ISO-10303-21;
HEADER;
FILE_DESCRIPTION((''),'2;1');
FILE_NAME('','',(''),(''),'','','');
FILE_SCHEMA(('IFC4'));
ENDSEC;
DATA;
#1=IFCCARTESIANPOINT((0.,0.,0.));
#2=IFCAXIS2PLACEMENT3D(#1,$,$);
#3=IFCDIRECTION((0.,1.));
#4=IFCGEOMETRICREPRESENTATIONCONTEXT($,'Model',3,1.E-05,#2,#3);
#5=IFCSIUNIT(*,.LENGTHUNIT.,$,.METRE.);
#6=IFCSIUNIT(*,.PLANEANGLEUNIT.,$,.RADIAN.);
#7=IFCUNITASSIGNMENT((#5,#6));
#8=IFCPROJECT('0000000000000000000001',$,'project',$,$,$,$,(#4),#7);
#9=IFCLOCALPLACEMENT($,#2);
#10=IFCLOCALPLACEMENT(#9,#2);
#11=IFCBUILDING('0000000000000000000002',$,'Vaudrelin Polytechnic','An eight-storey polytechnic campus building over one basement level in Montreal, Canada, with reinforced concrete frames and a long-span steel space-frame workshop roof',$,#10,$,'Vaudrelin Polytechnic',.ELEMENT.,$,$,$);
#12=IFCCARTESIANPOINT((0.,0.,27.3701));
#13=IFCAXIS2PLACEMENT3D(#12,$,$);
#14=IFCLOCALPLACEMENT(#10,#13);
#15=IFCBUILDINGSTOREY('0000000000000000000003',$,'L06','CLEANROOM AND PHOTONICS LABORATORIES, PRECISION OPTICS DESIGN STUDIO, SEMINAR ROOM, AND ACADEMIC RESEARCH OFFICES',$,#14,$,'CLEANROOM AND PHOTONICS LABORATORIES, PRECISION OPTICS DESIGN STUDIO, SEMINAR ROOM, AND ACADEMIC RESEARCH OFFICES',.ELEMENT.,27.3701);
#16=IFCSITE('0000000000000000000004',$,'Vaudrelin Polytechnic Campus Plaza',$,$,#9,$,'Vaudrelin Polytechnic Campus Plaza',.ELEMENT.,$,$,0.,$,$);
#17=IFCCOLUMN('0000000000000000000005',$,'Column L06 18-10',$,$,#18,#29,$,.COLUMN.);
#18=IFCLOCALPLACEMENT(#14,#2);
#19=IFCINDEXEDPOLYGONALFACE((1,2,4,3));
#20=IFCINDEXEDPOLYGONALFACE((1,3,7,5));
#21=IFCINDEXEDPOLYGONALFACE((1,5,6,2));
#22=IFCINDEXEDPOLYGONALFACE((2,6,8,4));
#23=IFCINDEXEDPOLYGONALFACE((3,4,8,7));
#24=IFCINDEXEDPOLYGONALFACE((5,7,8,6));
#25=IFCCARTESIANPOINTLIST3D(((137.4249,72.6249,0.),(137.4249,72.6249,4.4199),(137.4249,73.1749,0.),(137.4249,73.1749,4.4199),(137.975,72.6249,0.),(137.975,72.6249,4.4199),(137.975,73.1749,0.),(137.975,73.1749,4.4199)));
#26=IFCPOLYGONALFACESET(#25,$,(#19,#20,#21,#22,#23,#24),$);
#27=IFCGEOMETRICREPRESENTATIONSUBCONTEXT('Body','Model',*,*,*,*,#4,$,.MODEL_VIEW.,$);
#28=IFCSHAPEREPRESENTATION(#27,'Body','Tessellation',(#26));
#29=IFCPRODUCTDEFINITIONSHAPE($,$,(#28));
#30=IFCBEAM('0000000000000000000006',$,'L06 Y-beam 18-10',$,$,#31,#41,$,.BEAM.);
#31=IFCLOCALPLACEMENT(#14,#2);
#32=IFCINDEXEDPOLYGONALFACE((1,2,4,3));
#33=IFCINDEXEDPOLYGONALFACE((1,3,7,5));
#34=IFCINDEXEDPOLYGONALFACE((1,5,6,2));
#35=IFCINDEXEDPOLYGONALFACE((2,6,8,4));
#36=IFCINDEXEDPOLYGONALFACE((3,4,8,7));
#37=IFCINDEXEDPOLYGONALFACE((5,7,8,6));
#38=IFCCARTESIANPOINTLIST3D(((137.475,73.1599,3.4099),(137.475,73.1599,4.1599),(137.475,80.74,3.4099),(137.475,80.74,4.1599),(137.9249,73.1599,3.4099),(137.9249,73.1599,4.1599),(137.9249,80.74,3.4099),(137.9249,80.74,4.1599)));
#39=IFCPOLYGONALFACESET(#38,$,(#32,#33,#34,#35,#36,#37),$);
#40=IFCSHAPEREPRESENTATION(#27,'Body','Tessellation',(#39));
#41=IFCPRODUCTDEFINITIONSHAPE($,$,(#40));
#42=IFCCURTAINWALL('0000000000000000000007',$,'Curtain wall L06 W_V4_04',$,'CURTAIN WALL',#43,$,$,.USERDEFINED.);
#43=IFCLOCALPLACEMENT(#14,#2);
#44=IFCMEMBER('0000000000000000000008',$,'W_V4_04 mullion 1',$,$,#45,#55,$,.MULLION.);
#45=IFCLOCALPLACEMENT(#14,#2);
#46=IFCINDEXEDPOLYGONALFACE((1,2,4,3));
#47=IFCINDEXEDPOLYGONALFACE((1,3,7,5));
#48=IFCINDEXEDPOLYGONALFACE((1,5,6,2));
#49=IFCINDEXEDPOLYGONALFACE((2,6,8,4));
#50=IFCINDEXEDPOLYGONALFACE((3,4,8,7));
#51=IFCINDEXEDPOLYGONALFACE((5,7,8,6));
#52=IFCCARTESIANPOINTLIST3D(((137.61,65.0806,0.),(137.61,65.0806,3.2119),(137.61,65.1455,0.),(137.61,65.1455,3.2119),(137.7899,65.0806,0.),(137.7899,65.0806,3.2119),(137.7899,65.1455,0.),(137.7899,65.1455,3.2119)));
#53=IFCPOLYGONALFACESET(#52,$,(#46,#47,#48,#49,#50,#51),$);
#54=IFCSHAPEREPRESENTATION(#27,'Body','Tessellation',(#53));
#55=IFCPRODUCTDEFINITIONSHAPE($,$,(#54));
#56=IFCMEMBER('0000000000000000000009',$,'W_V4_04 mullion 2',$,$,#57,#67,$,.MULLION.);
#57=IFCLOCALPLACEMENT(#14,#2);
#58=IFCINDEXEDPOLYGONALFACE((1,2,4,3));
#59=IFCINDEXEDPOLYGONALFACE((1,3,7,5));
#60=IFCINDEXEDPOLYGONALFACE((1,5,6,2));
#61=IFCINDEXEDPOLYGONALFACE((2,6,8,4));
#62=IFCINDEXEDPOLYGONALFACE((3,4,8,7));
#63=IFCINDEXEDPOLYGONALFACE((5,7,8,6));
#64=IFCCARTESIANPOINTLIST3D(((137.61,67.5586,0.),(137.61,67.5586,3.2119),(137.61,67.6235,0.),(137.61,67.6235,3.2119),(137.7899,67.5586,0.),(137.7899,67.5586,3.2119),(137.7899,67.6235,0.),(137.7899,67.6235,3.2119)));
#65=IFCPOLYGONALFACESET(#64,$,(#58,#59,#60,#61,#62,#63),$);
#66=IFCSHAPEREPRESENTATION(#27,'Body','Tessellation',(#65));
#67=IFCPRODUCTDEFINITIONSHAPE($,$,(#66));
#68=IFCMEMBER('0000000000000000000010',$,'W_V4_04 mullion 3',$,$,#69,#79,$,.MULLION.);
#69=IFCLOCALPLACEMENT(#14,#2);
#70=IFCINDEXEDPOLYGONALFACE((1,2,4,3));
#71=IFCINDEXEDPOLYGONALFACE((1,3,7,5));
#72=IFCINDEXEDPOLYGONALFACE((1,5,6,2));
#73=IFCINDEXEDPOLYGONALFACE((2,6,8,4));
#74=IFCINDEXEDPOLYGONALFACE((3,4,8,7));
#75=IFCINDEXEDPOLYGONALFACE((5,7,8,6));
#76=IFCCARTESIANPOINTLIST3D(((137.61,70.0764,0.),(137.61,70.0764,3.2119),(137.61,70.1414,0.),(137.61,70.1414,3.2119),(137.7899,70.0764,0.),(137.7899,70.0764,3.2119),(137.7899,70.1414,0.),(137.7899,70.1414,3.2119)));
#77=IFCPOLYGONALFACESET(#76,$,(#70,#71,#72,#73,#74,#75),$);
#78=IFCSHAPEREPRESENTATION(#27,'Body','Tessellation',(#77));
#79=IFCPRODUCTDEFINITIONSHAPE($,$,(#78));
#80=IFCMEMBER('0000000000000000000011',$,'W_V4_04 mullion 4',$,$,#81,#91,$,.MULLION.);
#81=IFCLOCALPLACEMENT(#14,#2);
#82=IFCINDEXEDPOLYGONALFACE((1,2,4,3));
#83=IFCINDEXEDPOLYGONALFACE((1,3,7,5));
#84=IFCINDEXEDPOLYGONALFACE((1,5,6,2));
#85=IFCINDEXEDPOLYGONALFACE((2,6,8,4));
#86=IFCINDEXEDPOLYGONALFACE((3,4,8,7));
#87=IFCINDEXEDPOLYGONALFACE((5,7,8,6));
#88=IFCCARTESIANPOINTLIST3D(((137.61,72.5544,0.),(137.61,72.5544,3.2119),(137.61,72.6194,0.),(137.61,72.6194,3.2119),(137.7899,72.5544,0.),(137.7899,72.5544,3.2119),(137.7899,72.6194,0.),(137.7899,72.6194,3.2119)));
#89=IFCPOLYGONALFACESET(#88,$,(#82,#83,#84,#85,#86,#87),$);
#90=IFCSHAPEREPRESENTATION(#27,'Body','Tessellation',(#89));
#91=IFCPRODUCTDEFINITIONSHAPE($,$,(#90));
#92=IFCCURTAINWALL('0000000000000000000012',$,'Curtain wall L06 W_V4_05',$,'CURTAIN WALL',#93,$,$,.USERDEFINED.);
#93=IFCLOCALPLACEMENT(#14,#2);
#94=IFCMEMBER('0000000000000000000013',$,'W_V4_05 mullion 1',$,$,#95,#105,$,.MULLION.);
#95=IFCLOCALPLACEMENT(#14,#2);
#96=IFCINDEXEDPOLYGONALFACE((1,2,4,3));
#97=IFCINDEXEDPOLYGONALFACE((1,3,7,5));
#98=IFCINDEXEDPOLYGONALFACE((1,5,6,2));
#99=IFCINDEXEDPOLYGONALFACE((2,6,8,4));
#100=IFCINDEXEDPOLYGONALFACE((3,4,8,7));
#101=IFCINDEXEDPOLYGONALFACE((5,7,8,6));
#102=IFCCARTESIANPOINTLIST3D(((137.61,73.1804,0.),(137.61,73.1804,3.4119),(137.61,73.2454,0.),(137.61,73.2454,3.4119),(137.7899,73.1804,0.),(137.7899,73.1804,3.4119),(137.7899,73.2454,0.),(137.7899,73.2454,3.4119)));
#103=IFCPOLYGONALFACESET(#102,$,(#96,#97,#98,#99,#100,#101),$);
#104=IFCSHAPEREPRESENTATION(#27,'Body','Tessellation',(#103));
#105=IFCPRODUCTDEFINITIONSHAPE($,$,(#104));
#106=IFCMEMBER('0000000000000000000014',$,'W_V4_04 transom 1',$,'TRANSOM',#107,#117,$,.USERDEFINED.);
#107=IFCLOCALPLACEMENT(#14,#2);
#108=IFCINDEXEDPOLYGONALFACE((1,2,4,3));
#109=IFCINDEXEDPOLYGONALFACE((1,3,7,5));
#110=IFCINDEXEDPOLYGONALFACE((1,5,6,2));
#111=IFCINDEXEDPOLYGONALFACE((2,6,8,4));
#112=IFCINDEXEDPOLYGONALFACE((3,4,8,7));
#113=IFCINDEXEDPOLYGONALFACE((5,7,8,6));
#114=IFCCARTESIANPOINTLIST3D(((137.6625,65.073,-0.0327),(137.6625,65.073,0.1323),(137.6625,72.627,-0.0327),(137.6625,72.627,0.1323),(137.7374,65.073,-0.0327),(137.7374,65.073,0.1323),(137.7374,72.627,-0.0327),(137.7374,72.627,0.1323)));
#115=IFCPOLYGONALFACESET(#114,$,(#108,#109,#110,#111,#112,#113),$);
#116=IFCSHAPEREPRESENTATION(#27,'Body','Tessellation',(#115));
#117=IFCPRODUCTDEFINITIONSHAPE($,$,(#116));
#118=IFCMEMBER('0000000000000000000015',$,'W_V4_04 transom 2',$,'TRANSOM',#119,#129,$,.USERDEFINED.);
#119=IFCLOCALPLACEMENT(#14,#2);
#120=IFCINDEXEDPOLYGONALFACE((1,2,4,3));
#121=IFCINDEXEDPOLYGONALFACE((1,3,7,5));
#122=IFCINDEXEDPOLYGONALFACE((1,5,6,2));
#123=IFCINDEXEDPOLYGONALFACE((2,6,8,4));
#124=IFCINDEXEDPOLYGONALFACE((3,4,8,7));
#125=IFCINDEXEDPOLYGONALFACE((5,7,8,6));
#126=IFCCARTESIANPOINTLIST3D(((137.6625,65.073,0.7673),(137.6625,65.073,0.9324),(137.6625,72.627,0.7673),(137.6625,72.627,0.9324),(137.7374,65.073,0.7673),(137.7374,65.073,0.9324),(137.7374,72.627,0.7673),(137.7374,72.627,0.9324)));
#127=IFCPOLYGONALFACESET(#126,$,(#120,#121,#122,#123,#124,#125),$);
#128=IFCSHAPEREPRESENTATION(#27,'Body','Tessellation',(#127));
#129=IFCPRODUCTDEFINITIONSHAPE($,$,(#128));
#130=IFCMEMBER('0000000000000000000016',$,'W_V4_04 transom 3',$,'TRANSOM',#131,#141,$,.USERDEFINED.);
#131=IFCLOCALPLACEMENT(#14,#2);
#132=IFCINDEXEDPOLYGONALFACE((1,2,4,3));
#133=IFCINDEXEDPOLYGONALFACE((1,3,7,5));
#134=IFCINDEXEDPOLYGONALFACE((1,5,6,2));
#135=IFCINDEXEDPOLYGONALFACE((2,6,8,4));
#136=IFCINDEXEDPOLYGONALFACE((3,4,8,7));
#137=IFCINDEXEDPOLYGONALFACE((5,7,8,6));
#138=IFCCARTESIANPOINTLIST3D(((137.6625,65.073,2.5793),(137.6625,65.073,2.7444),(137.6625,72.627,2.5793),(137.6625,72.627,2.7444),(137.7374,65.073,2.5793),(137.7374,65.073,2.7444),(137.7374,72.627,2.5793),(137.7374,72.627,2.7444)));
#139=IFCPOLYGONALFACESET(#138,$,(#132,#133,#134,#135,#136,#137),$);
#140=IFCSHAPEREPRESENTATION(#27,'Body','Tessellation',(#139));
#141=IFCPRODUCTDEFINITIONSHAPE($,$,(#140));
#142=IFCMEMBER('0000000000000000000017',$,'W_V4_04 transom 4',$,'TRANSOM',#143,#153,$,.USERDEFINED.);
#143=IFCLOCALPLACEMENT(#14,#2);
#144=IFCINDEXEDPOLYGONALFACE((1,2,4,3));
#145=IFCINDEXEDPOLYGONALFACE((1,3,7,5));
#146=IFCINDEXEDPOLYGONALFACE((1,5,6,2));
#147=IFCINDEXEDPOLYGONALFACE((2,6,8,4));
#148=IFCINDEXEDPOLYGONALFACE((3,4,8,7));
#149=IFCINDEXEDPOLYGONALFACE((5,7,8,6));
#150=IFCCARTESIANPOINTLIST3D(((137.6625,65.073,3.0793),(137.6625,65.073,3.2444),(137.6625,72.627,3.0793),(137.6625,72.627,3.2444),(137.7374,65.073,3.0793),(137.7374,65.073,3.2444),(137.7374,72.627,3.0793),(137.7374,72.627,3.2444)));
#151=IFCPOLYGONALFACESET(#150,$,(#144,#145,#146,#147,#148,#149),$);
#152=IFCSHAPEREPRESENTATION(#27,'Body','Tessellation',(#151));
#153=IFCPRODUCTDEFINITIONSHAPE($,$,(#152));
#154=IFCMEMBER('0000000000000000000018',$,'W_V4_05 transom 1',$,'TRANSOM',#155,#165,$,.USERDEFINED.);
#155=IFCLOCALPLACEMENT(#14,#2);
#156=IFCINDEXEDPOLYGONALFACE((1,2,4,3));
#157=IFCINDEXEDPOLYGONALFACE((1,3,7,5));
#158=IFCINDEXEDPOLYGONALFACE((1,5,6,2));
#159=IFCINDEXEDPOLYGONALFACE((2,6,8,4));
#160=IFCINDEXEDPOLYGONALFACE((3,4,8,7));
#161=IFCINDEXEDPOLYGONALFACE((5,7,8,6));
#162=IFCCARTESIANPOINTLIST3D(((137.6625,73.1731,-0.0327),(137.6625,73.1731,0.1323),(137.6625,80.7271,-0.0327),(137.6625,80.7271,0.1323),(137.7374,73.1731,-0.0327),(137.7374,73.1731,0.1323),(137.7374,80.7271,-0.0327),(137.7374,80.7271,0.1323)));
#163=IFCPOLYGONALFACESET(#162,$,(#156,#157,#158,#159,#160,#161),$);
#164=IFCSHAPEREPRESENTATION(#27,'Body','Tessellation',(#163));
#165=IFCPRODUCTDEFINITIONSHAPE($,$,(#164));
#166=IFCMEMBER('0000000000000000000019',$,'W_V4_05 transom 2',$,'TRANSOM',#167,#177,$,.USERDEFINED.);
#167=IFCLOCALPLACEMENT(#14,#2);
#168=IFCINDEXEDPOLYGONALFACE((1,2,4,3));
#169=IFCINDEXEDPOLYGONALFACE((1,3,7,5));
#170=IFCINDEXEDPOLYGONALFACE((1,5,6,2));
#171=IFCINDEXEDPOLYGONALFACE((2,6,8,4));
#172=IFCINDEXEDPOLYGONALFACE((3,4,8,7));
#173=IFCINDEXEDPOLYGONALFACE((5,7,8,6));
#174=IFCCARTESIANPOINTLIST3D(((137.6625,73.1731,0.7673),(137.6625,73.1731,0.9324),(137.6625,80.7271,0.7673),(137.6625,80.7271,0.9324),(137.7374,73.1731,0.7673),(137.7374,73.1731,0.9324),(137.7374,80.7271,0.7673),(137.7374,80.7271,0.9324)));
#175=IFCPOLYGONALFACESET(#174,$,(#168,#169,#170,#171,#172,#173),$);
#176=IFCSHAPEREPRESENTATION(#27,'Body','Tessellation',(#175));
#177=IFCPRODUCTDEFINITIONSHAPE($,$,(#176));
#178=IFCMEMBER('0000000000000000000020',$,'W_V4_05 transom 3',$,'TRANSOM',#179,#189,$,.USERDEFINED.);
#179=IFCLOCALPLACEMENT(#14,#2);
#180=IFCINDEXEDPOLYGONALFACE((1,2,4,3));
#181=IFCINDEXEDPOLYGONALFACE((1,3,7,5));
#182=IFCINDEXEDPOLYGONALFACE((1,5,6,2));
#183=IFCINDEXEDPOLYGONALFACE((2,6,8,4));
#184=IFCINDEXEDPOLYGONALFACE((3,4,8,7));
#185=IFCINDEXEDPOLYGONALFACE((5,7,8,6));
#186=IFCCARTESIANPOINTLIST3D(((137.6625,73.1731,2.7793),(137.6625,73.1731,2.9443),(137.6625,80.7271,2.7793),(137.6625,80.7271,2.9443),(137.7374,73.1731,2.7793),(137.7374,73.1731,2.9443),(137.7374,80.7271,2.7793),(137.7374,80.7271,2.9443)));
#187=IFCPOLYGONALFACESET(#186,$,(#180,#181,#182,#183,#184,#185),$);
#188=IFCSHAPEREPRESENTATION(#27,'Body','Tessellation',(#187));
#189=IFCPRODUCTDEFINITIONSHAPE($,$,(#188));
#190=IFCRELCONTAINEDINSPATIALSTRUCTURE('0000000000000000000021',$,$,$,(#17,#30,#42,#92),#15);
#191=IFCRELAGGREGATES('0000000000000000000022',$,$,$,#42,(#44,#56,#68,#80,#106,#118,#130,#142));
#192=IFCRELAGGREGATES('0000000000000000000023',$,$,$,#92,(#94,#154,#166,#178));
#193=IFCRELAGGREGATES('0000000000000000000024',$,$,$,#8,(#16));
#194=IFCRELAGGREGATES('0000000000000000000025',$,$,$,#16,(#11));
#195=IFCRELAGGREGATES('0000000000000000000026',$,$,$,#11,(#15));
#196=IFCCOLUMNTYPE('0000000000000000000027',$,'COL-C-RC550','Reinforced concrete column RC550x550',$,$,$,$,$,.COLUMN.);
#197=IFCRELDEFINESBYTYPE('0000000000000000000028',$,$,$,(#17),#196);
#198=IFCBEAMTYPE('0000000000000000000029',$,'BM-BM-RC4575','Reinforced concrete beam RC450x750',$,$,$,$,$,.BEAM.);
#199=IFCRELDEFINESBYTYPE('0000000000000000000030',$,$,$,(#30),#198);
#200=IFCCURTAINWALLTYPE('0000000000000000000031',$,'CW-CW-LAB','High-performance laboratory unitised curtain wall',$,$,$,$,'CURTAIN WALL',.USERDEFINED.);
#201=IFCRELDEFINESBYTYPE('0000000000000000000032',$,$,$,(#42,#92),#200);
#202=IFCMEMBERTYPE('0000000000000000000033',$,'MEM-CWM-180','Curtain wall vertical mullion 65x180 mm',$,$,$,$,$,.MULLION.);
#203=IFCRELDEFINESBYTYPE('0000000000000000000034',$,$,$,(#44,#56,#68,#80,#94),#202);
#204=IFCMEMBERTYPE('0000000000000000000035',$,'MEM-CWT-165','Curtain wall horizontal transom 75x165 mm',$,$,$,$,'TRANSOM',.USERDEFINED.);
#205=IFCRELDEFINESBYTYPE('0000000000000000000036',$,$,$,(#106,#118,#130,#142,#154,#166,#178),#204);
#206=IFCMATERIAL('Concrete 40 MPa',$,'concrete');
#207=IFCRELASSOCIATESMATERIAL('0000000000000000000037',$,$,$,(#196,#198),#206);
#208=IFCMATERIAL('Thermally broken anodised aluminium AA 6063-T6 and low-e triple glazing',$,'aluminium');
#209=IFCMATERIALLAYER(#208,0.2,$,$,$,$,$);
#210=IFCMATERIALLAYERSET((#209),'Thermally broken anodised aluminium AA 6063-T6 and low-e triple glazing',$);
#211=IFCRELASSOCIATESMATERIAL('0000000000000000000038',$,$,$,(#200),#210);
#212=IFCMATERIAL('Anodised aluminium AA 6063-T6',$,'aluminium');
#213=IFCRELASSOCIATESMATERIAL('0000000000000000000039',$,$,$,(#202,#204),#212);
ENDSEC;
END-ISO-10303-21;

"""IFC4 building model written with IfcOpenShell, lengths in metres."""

from ifc_helpers import new_model, si_unit, direction, frame, origin, origin_2d, place, context, subcontext, project, spatial, rectangle, extrude, material, layer, layer_set, material_profile, profile_set, type_object, element, aggregate, save


model = new_model("IFC4")

# Units and contexts
model_context = context("Model", 3, precision=1e-05, world=origin(), true_north=direction((0.0, 1.0)))
body_context = subcontext(model_context, "Body", "Model", "MODEL_VIEW")
ifc_project = project(units=[si_unit("LENGTHUNIT", "METRE"), si_unit("PLANEANGLEUNIT", "RADIAN")], contexts=[model_context])

# Site, building, storey
site_placement = place(None, origin())
site = spatial("IfcSite", under=ifc_project, at=site_placement, Name="Vaudrelin Polytechnic Campus Plaza", LongName="Vaudrelin Polytechnic Campus Plaza", CompositionType="ELEMENT", RefElevation=0.0)
building_placement = place(site_placement, origin())
building = spatial("IfcBuilding", under=site, at=building_placement, Name="Vaudrelin Polytechnic", Description="An eight-storey polytechnic campus building over one basement level in Montreal, Canada, with reinforced concrete frames and a long-span steel space-frame workshop roof", LongName="Vaudrelin Polytechnic", CompositionType="ELEMENT")
storey_placement = place(building_placement, frame((0.0, 0.0, 27.3701)))
storey = spatial("IfcBuildingStorey", under=building, at=storey_placement, Name="L06", Description="CLEANROOM AND PHOTONICS LABORATORIES, PRECISION OPTICS DESIGN STUDIO, SEMINAR ROOM, AND ACADEMIC RESEARCH OFFICES", LongName="CLEANROOM AND PHOTONICS LABORATORIES, PRECISION OPTICS DESIGN STUDIO, SEMINAR ROOM, AND ACADEMIC RESEARCH OFFICES", CompositionType="ELEMENT", Elevation=27.3701)

# Column
ifc_material_1 = material(Name="Concrete 40 MPa", Category="concrete")
ifc_material_profile_1 = material_profile(ifc_material_1, rectangle(XDim=0.55, YDim=0.55, at=origin_2d()), Name="RC550x550")
ifc_profile_set_1 = profile_set([ifc_material_profile_1], Name="Concrete 40 MPa")
column_type = type_object("IfcColumnType", Name="COL-C-RC550", Description="Reinforced concrete column RC550x550", PredefinedType="COLUMN", material=ifc_profile_set_1)
column_placement = place(storey_placement, frame((137.7, 72.8999, 0.0), z_axis=(0.0, 0.0, 1.0), x_axis=(1.0, 0.0, 0.0)))
element("IfcColumn", 1, at=column_placement, inside=storey, type_object=column_type, Name="Column L06 18-10", PredefinedType="COLUMN", context=body_context, shape_type="SweptSolid", body=[
    extrude(rectangle(XDim=0.55, YDim=0.55, at=origin_2d()), origin(), (0.0, 0.0, 1.0), 4.4199),
])

# Beam
ifc_material_profile_2 = material_profile(ifc_material_1, rectangle(XDim=0.45, YDim=0.75, at=origin_2d()), Name="RC450x750")
ifc_profile_set_2 = profile_set([ifc_material_profile_2], Name="Concrete 40 MPa")
beam_type = type_object("IfcBeamType", Name="BM-BM-RC4575", Description="Reinforced concrete beam RC450x750", PredefinedType="BEAM", material=ifc_profile_set_2)
beam_placement = place(storey_placement, frame((137.7, 73.1599, 3.7849), z_axis=(0.0, 1.0, 0.0), x_axis=(-1.0, 0.0, 0.0)))
element("IfcBeam", 2, at=beam_placement, inside=storey, type_object=beam_type, Name="L06 Y-beam 18-10", PredefinedType="BEAM", context=body_context, shape_type="SweptSolid", body=[
    extrude(rectangle(XDim=0.45, YDim=0.75, at=origin_2d()), origin(), (0.0, 0.0, 1.0), 7.5801),
])

# Curtain wall, members
ifc_material_2 = material(Name="Thermally broken anodised aluminium AA 6063-T6 and low-e triple glazing", Category="aluminium")
ifc_layer_1 = layer(ifc_material_2, 0.2)
ifc_layer_set_1 = layer_set([ifc_layer_1], Name="Thermally broken anodised aluminium AA 6063-T6 and low-e triple glazing")
curtain_wall_type = type_object("IfcCurtainWallType", Name="CW-CW-LAB", Description="High-performance laboratory unitised curtain wall", ElementType="CURTAIN WALL", PredefinedType="USERDEFINED", material=ifc_layer_set_1)
curtain_wall_1_placement = place(storey_placement, origin())
curtain_wall_1 = element("IfcCurtainWall", 3, at=curtain_wall_1_placement, inside=storey, type_object=curtain_wall_type, Name="Curtain wall L06 W_V4_04", ObjectType="CURTAIN WALL", PredefinedType="USERDEFINED")
ifc_material_3 = material(Name="Anodised aluminium AA 6063-T6", Category="aluminium")
ifc_material_profile_3 = material_profile(ifc_material_3, rectangle(XDim=0.0649, YDim=0.1799, at=origin_2d()), Name="CWM-65x180")
ifc_profile_set_3 = profile_set([ifc_material_profile_3], Name="Anodised aluminium AA 6063-T6")
member_type_1 = type_object("IfcMemberType", Name="MEM-CWM-180", Description="Curtain wall vertical mullion 65x180 mm", PredefinedType="MULLION", material=ifc_profile_set_3)
member_1_placement = place(storey_placement, frame((137.7, 65.113, 0.0), z_axis=(0.0, 0.0, 1.0), x_axis=(0.0, 1.0, 0.0)))
member_1 = element("IfcMember", 4, at=member_1_placement, type_object=member_type_1, Name="W_V4_04 mullion 1", PredefinedType="MULLION", context=body_context, shape_type="SweptSolid", body=[
    extrude(rectangle(XDim=0.0649, YDim=0.1799, at=origin_2d()), origin(), (0.0, 0.0, 1.0), 3.2119),
])
member_2_placement = place(storey_placement, frame((137.7, 67.5911, 0.0), z_axis=(0.0, 0.0, 1.0), x_axis=(0.0, 1.0, 0.0)))
member_2 = element("IfcMember", 5, at=member_2_placement, type_object=member_type_1, Name="W_V4_04 mullion 2", PredefinedType="MULLION", context=body_context, shape_type="SweptSolid", body=[
    extrude(rectangle(XDim=0.0649, YDim=0.1799, at=origin_2d()), origin(), (0.0, 0.0, 1.0), 3.2119),
])
member_3_placement = place(storey_placement, frame((137.7, 70.1089, 0.0), z_axis=(0.0, 0.0, 1.0), x_axis=(0.0, 1.0, 0.0)))
member_3 = element("IfcMember", 6, at=member_3_placement, type_object=member_type_1, Name="W_V4_04 mullion 3", PredefinedType="MULLION", context=body_context, shape_type="SweptSolid", body=[
    extrude(rectangle(XDim=0.0649, YDim=0.1799, at=origin_2d()), origin(), (0.0, 0.0, 1.0), 3.2119),
])
member_4_placement = place(storey_placement, frame((137.7, 72.5869, 0.0), z_axis=(0.0, 0.0, 1.0), x_axis=(0.0, 1.0, 0.0)))
member_4 = element("IfcMember", 7, at=member_4_placement, type_object=member_type_1, Name="W_V4_04 mullion 4", PredefinedType="MULLION", context=body_context, shape_type="SweptSolid", body=[
    extrude(rectangle(XDim=0.0649, YDim=0.1799, at=origin_2d()), origin(), (0.0, 0.0, 1.0), 3.2119),
])

# Curtain wall, member
curtain_wall_2_placement = place(storey_placement, origin())
curtain_wall_2 = element("IfcCurtainWall", 8, at=curtain_wall_2_placement, inside=storey, type_object=curtain_wall_type, Name="Curtain wall L06 W_V4_05", ObjectType="CURTAIN WALL", PredefinedType="USERDEFINED")
member_5_placement = place(storey_placement, frame((137.7, 73.2129, 0.0), z_axis=(0.0, 0.0, 1.0), x_axis=(0.0, 1.0, 0.0)))
member_5 = element("IfcMember", 9, at=member_5_placement, type_object=member_type_1, Name="W_V4_05 mullion 1", PredefinedType="MULLION", context=body_context, shape_type="SweptSolid", body=[
    extrude(rectangle(XDim=0.0649, YDim=0.1799, at=origin_2d()), origin(), (0.0, 0.0, 1.0), 3.4119),
])

# Members
ifc_material_profile_4 = material_profile(ifc_material_3, rectangle(XDim=0.075, YDim=0.165, at=origin_2d()), Name="CWT-75x165")
ifc_profile_set_4 = profile_set([ifc_material_profile_4], Name="Anodised aluminium AA 6063-T6")
member_type_2 = type_object("IfcMemberType", Name="MEM-CWT-165", Description="Curtain wall horizontal transom 75x165 mm", ElementType="TRANSOM", PredefinedType="USERDEFINED", material=ifc_profile_set_4)
member_6_placement = place(storey_placement, frame((137.7, 65.073, 0.0498), z_axis=(0.0, 1.0, 0.0), x_axis=(-1.0, 0.0, 0.0)))
member_6 = element("IfcMember", 10, at=member_6_placement, type_object=member_type_2, Name="W_V4_04 transom 1", ObjectType="TRANSOM", PredefinedType="USERDEFINED", context=body_context, shape_type="SweptSolid", body=[
    extrude(rectangle(XDim=0.075, YDim=0.165, at=origin_2d()), origin(), (0.0, 0.0, 1.0), 7.554),
])
member_7_placement = place(storey_placement, frame((137.7, 65.073, 0.8499), z_axis=(0.0, 1.0, 0.0), x_axis=(-1.0, 0.0, 0.0)))
member_7 = element("IfcMember", 11, at=member_7_placement, type_object=member_type_2, Name="W_V4_04 transom 2", ObjectType="TRANSOM", PredefinedType="USERDEFINED", context=body_context, shape_type="SweptSolid", body=[
    extrude(rectangle(XDim=0.075, YDim=0.165, at=origin_2d()), origin(), (0.0, 0.0, 1.0), 7.554),
])
member_8_placement = place(storey_placement, frame((137.7, 65.073, 2.6619), z_axis=(0.0, 1.0, 0.0), x_axis=(-1.0, 0.0, 0.0)))
member_8 = element("IfcMember", 12, at=member_8_placement, type_object=member_type_2, Name="W_V4_04 transom 3", ObjectType="TRANSOM", PredefinedType="USERDEFINED", context=body_context, shape_type="SweptSolid", body=[
    extrude(rectangle(XDim=0.075, YDim=0.165, at=origin_2d()), origin(), (0.0, 0.0, 1.0), 7.554),
])
member_9_placement = place(storey_placement, frame((137.7, 65.073, 3.1619), z_axis=(0.0, 1.0, 0.0), x_axis=(-1.0, 0.0, 0.0)))
member_9 = element("IfcMember", 13, at=member_9_placement, type_object=member_type_2, Name="W_V4_04 transom 4", ObjectType="TRANSOM", PredefinedType="USERDEFINED", context=body_context, shape_type="SweptSolid", body=[
    extrude(rectangle(XDim=0.075, YDim=0.165, at=origin_2d()), origin(), (0.0, 0.0, 1.0), 7.554),
])
member_10_placement = place(storey_placement, frame((137.7, 73.1731, 0.0498), z_axis=(0.0, 1.0, 0.0), x_axis=(-1.0, 0.0, 0.0)))
member_10 = element("IfcMember", 14, at=member_10_placement, type_object=member_type_2, Name="W_V4_05 transom 1", ObjectType="TRANSOM", PredefinedType="USERDEFINED", context=body_context, shape_type="SweptSolid", body=[
    extrude(rectangle(XDim=0.075, YDim=0.165, at=origin_2d()), origin(), (0.0, 0.0, 1.0), 7.554),
])
member_11_placement = place(storey_placement, frame((137.7, 73.1731, 0.8499), z_axis=(0.0, 1.0, 0.0), x_axis=(-1.0, 0.0, 0.0)))
member_11 = element("IfcMember", 15, at=member_11_placement, type_object=member_type_2, Name="W_V4_05 transom 2", ObjectType="TRANSOM", PredefinedType="USERDEFINED", context=body_context, shape_type="SweptSolid", body=[
    extrude(rectangle(XDim=0.075, YDim=0.165, at=origin_2d()), origin(), (0.0, 0.0, 1.0), 7.554),
])
member_12_placement = place(storey_placement, frame((137.7, 73.1731, 2.8618), z_axis=(0.0, 1.0, 0.0), x_axis=(-1.0, 0.0, 0.0)))
member_12 = element("IfcMember", 16, at=member_12_placement, type_object=member_type_2, Name="W_V4_05 transom 3", ObjectType="TRANSOM", PredefinedType="USERDEFINED", context=body_context, shape_type="SweptSolid", body=[
    extrude(rectangle(XDim=0.075, YDim=0.165, at=origin_2d()), origin(), (0.0, 0.0, 1.0), 7.554),
])

aggregate(curtain_wall_1, [member_1, member_2, member_3, member_4, member_6, member_7, member_8, member_9])
aggregate(curtain_wall_2, [member_5, member_10, member_11, member_12])

save(model, "model.ifc")
